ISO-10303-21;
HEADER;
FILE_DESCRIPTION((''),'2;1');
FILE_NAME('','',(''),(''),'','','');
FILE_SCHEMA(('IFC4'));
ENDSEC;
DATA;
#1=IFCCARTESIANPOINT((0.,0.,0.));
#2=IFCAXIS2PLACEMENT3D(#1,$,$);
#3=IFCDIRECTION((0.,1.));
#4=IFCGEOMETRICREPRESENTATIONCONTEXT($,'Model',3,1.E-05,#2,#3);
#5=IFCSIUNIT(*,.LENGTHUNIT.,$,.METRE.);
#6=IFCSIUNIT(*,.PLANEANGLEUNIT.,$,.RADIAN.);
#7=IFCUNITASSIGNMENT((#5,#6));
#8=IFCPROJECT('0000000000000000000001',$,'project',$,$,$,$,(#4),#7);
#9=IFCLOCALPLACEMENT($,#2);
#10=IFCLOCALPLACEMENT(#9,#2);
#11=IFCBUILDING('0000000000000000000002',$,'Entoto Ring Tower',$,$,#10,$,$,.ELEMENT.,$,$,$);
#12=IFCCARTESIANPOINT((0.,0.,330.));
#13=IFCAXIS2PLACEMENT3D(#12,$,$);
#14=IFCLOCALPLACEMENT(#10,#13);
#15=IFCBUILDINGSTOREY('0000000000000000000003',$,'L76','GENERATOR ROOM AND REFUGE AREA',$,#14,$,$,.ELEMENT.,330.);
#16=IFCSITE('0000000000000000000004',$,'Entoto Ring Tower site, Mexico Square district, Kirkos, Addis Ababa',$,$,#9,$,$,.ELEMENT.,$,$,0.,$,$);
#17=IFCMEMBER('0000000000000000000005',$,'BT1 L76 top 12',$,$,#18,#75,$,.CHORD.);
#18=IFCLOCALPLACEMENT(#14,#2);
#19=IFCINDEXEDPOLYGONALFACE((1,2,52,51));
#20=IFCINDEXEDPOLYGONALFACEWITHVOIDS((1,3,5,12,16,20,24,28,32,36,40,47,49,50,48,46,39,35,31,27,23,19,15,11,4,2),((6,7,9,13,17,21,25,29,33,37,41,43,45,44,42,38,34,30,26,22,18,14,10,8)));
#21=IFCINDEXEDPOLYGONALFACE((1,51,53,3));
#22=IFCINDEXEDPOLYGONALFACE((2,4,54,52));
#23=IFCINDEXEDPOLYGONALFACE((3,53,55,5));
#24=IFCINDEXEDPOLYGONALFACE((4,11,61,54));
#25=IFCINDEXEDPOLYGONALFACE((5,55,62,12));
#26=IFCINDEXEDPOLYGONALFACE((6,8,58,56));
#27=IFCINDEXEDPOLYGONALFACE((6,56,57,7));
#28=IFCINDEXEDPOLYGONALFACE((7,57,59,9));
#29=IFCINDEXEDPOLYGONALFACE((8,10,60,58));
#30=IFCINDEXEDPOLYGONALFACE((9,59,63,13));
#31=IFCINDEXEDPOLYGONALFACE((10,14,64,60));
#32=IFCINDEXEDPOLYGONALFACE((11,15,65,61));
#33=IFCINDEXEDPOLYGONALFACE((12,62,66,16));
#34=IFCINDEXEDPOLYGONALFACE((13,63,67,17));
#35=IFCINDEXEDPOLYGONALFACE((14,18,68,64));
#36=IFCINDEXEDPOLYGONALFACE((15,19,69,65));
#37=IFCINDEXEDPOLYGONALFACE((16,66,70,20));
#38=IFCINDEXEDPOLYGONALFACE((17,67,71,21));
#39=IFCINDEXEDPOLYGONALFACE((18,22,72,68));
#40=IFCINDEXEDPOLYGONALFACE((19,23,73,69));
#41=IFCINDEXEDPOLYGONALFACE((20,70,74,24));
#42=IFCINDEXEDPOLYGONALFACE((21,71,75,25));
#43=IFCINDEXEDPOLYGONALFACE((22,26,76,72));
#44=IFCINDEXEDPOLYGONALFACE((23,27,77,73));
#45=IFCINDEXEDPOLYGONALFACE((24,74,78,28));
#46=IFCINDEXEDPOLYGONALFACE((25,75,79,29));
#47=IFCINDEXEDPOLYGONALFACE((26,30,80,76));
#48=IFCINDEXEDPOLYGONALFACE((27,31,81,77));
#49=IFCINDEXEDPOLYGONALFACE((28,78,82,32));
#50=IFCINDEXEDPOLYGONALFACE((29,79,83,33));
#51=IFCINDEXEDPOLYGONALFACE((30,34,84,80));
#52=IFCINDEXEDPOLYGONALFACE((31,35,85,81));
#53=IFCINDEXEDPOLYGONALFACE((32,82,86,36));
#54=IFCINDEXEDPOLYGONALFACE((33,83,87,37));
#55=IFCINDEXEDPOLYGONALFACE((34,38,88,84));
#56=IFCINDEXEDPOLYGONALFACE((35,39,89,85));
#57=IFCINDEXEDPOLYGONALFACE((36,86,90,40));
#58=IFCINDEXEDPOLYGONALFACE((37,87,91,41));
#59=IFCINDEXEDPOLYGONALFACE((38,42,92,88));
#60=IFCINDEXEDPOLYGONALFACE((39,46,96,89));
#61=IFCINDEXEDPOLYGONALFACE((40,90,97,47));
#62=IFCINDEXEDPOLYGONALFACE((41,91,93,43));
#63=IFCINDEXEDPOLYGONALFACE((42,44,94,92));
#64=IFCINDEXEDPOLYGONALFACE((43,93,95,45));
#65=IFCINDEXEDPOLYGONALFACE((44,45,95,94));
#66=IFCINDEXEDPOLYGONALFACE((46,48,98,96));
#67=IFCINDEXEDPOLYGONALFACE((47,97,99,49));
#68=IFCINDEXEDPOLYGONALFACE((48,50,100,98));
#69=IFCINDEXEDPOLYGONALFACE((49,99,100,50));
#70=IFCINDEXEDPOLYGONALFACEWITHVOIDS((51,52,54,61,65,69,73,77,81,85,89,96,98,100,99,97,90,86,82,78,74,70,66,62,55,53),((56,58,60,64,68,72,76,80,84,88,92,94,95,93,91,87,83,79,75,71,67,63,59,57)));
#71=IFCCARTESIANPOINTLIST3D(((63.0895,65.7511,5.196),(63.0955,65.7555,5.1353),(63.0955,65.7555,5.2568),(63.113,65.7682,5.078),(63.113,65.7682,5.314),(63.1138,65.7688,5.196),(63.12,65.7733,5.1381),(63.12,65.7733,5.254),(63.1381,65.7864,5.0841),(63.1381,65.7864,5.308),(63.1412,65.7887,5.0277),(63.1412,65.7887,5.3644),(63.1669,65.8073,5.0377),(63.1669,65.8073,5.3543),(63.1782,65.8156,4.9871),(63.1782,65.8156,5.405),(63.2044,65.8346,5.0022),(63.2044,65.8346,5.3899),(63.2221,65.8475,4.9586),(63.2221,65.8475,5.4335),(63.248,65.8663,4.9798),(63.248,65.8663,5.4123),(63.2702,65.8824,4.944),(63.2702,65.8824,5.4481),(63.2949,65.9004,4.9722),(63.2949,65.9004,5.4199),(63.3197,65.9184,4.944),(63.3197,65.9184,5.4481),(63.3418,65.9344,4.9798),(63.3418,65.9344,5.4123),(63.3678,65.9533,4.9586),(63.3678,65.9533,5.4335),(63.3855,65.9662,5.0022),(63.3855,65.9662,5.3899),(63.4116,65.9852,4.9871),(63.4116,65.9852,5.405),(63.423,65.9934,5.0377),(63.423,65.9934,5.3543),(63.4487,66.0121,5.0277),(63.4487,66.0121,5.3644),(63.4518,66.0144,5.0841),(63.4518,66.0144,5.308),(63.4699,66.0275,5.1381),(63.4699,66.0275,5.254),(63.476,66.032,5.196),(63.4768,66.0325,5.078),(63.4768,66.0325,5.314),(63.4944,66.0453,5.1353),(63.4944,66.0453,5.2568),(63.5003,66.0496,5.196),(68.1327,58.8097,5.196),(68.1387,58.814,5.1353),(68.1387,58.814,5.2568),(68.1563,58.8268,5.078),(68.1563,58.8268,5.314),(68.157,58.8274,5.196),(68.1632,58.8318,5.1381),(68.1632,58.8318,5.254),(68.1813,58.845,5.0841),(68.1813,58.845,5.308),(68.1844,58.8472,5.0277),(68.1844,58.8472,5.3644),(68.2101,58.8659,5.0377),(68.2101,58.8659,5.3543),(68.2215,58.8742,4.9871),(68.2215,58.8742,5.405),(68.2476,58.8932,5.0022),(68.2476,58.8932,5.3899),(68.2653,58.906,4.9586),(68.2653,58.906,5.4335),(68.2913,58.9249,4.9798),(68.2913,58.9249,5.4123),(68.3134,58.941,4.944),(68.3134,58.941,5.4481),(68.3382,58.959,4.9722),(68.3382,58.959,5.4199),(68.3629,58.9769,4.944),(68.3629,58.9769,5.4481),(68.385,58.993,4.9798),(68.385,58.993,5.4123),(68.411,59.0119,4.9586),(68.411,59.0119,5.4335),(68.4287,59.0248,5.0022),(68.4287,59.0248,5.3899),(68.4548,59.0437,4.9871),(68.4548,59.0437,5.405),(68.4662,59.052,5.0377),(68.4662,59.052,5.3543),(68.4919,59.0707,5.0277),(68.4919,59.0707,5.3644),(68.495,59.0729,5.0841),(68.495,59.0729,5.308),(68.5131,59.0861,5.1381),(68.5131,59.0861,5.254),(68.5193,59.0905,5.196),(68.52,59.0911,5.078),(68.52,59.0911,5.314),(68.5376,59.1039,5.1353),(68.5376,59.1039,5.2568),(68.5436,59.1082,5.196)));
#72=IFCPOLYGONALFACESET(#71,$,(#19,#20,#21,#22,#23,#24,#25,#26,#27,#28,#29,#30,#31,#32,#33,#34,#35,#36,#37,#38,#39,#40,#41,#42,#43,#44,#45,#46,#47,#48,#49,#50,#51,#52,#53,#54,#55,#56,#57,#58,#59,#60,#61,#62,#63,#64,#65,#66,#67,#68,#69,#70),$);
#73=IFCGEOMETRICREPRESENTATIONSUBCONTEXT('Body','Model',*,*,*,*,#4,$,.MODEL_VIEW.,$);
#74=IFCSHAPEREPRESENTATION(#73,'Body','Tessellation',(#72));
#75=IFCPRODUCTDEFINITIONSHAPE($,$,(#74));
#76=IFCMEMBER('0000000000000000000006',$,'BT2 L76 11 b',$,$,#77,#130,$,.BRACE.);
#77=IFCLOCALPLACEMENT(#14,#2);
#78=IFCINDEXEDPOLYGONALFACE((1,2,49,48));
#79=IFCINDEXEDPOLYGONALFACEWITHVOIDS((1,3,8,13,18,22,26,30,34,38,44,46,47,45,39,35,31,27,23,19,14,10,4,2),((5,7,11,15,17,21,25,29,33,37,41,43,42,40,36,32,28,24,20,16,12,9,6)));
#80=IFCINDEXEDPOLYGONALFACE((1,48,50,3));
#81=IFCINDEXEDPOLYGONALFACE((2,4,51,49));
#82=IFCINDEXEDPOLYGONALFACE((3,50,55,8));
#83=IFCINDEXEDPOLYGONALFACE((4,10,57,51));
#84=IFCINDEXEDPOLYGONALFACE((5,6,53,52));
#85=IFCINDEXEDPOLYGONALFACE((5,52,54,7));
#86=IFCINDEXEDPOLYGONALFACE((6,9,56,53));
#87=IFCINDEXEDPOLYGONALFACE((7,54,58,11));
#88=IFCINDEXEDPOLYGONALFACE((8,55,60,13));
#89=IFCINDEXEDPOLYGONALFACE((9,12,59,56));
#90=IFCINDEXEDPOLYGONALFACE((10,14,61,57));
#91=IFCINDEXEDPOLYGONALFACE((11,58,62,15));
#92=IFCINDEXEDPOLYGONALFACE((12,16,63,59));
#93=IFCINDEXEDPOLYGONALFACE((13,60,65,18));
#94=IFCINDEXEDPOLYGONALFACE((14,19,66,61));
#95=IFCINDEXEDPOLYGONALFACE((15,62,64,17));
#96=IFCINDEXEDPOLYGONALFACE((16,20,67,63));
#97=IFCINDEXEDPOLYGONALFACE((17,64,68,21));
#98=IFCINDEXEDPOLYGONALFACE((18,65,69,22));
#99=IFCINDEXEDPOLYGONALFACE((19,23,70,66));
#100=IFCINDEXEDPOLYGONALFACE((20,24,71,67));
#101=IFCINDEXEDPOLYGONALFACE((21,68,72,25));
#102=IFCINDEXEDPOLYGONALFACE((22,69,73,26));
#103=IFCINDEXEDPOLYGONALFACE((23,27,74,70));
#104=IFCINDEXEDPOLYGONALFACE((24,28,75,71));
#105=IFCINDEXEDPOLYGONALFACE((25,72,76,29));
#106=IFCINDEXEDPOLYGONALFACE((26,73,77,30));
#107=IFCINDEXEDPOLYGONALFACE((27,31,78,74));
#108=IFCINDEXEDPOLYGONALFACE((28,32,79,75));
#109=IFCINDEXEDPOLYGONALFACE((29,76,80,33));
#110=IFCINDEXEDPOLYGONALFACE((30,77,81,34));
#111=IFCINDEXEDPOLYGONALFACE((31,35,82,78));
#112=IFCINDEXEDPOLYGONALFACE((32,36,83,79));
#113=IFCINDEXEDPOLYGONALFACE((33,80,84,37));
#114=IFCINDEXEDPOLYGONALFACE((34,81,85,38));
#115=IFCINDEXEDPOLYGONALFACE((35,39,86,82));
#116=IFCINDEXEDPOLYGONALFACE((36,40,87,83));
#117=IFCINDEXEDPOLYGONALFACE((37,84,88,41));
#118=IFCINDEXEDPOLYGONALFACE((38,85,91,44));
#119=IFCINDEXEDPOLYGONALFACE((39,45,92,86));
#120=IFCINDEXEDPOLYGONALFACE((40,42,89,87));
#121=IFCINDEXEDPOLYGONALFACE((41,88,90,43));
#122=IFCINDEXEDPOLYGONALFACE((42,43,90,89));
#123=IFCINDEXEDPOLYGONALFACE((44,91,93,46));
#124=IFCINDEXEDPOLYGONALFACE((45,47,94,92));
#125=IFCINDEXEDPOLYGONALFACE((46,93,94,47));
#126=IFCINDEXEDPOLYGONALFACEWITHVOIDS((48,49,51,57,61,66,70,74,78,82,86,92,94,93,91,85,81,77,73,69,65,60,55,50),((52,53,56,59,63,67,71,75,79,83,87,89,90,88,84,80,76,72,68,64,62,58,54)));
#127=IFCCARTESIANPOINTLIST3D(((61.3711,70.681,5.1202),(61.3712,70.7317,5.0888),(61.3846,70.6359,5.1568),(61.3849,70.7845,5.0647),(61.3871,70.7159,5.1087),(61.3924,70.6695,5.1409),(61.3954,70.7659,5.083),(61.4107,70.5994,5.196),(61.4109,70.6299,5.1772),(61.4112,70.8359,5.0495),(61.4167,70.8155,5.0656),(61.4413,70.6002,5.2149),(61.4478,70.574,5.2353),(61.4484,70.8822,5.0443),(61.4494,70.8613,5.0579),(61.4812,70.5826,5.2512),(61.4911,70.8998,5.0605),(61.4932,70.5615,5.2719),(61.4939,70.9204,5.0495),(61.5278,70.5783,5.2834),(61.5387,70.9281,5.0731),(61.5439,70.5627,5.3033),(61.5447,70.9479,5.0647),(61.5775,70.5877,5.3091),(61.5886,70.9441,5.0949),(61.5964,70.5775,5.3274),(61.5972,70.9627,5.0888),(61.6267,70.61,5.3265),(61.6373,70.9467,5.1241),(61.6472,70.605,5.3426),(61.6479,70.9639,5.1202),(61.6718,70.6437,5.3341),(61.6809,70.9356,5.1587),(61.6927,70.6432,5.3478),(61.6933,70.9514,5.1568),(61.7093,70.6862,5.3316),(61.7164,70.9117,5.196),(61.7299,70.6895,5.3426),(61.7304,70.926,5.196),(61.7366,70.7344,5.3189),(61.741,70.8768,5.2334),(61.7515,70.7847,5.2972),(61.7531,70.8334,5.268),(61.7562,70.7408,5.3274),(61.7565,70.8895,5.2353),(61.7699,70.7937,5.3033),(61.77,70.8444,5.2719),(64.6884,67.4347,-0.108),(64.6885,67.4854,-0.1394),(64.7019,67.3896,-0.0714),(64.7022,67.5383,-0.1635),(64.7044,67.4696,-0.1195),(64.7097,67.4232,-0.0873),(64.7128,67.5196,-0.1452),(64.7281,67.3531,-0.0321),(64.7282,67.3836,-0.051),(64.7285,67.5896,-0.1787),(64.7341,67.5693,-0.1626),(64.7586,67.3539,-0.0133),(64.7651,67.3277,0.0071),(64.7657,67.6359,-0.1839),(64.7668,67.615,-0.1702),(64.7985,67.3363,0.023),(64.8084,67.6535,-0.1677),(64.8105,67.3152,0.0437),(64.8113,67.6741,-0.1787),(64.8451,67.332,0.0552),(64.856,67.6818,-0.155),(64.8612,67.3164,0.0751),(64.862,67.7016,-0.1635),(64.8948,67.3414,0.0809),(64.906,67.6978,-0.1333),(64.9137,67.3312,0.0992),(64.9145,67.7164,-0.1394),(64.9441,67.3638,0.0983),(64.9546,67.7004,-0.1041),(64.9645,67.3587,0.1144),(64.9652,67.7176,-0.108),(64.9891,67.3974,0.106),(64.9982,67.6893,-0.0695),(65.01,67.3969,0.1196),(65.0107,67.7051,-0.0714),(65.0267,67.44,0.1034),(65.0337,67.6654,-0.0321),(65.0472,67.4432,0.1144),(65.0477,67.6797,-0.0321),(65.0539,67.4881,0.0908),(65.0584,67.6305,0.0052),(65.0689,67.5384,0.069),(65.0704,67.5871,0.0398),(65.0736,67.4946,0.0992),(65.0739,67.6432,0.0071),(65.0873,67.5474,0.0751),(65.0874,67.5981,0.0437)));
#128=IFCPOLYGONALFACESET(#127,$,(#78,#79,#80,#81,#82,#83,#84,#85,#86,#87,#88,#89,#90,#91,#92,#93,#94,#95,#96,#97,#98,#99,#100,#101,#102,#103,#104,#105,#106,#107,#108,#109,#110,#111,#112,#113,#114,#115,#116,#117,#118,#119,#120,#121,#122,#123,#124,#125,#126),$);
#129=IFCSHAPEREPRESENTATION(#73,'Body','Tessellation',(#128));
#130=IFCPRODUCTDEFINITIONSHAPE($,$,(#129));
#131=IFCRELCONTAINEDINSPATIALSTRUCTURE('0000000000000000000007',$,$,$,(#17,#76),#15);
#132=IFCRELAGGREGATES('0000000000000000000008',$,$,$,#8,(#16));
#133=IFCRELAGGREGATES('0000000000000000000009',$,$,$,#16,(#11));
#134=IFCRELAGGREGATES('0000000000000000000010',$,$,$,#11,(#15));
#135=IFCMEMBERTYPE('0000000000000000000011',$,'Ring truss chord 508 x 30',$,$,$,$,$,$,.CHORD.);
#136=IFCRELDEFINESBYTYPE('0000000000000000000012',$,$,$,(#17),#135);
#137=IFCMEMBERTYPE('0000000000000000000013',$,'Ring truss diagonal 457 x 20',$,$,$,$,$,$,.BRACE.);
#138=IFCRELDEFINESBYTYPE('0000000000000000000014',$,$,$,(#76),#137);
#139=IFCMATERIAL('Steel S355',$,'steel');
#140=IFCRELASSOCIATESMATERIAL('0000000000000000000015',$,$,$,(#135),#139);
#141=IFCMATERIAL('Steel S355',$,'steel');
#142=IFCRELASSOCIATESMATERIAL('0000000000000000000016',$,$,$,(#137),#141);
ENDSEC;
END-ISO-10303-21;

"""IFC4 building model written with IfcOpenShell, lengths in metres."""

from ifc_helpers import new_model, si_unit, direction, frame, origin, origin_2d, place, context, subcontext, project, spatial, circle, hollow_circle, extrude, material, material_profile, profile_set, type_object, element, save


model = new_model("IFC4")

# Units and contexts
model_context = context("Model", 3, precision=1e-05, world=origin(), true_north=direction((0.0, 1.0)))
body_context = subcontext(model_context, "Body", "Model", "MODEL_VIEW")
ifc_project = project(units=[si_unit("LENGTHUNIT", "METRE"), si_unit("PLANEANGLEUNIT", "RADIAN")], contexts=[model_context])

# Site, building, storey
site_placement = place(None, origin())
site = spatial("IfcSite", under=ifc_project, at=site_placement, Name="Entoto Ring Tower site, Mexico Square district, Kirkos, Addis Ababa", CompositionType="ELEMENT", RefElevation=0.0)
building_placement = place(site_placement, origin())
building = spatial("IfcBuilding", under=site, at=building_placement, Name="Entoto Ring Tower", CompositionType="ELEMENT")
storey_placement = place(building_placement, frame((0.0, 0.0, 330.0)))
storey = spatial("IfcBuildingStorey", under=building, at=storey_placement, Name="L76", Description="GENERATOR ROOM AND REFUGE AREA", CompositionType="ELEMENT", Elevation=330.0)

# Members
ifc_material_1 = material(Name="Steel S355", Category="steel")
ifc_material_profile_1 = material_profile(ifc_material_1, hollow_circle(Radius=0.2539, WallThickness=0.03, at=origin_2d()), Name="CHS 508 x 30")
ifc_material_2 = material(Name="Concrete C60/75", Category="concrete")
ifc_material_profile_2 = material_profile(ifc_material_2, circle(Radius=0.2241, at=origin_2d()), Name="Concrete C60/75 infill")
ifc_profile_set_1 = profile_set([ifc_material_profile_1, ifc_material_profile_2], Name="Steel S355")
member_type_1 = type_object("IfcMemberType", Name="Ring truss chord 508 x 30", PredefinedType="CHORD", material=ifc_profile_set_1)
member_1_placement = place(storey_placement, frame((63.2949, 65.9004, 5.196), z_axis=(0.587784, -0.809018, 0.0), x_axis=(0.809018, 0.587784, 0.0)))
element("IfcMember", 1, at=member_1_placement, inside=storey, type_object=member_type_1, Name="BT1 L76 top 12", PredefinedType="CHORD", context=body_context, shape_type="SweptSolid", body=[
    extrude(hollow_circle(Radius=0.2539, WallThickness=0.03, at=origin_2d()), origin(), (0.0, 0.0, 1.0), 8.5801),
])
ifc_material_3 = material(Name="Steel S355", Category="steel")
ifc_material_profile_3 = material_profile(ifc_material_3, hollow_circle(Radius=0.2285, WallThickness=0.02, at=origin_2d()), Name="CHS 457 x 20")
ifc_material_4 = material(Name="Concrete C60/75", Category="concrete")
ifc_material_profile_4 = material_profile(ifc_material_4, circle(Radius=0.2085, at=origin_2d()), Name="Concrete C60/75 infill")
ifc_profile_set_2 = profile_set([ifc_material_profile_3, ifc_material_profile_4], Name="Steel S355")
member_type_2 = type_object("IfcMemberType", Name="Ring truss diagonal 457 x 20", PredefinedType="BRACE", material=ifc_profile_set_2)
member_2_placement = place(storey_placement, frame((61.5706, 70.7627, 5.196), z_axis=(0.4745, -0.464338, -0.747823), x_axis=(0.699412, 0.714719, 0.0)))
element("IfcMember", 2, at=member_2_placement, inside=storey, type_object=member_type_2, Name="BT2 L76 11 b", PredefinedType="BRACE", context=body_context, shape_type="SweptSolid", body=[
    extrude(hollow_circle(Radius=0.2285, WallThickness=0.02, at=origin_2d()), origin(), (0.0, 0.0, 1.0), 6.9912),
])

save(model, "model.ifc")
